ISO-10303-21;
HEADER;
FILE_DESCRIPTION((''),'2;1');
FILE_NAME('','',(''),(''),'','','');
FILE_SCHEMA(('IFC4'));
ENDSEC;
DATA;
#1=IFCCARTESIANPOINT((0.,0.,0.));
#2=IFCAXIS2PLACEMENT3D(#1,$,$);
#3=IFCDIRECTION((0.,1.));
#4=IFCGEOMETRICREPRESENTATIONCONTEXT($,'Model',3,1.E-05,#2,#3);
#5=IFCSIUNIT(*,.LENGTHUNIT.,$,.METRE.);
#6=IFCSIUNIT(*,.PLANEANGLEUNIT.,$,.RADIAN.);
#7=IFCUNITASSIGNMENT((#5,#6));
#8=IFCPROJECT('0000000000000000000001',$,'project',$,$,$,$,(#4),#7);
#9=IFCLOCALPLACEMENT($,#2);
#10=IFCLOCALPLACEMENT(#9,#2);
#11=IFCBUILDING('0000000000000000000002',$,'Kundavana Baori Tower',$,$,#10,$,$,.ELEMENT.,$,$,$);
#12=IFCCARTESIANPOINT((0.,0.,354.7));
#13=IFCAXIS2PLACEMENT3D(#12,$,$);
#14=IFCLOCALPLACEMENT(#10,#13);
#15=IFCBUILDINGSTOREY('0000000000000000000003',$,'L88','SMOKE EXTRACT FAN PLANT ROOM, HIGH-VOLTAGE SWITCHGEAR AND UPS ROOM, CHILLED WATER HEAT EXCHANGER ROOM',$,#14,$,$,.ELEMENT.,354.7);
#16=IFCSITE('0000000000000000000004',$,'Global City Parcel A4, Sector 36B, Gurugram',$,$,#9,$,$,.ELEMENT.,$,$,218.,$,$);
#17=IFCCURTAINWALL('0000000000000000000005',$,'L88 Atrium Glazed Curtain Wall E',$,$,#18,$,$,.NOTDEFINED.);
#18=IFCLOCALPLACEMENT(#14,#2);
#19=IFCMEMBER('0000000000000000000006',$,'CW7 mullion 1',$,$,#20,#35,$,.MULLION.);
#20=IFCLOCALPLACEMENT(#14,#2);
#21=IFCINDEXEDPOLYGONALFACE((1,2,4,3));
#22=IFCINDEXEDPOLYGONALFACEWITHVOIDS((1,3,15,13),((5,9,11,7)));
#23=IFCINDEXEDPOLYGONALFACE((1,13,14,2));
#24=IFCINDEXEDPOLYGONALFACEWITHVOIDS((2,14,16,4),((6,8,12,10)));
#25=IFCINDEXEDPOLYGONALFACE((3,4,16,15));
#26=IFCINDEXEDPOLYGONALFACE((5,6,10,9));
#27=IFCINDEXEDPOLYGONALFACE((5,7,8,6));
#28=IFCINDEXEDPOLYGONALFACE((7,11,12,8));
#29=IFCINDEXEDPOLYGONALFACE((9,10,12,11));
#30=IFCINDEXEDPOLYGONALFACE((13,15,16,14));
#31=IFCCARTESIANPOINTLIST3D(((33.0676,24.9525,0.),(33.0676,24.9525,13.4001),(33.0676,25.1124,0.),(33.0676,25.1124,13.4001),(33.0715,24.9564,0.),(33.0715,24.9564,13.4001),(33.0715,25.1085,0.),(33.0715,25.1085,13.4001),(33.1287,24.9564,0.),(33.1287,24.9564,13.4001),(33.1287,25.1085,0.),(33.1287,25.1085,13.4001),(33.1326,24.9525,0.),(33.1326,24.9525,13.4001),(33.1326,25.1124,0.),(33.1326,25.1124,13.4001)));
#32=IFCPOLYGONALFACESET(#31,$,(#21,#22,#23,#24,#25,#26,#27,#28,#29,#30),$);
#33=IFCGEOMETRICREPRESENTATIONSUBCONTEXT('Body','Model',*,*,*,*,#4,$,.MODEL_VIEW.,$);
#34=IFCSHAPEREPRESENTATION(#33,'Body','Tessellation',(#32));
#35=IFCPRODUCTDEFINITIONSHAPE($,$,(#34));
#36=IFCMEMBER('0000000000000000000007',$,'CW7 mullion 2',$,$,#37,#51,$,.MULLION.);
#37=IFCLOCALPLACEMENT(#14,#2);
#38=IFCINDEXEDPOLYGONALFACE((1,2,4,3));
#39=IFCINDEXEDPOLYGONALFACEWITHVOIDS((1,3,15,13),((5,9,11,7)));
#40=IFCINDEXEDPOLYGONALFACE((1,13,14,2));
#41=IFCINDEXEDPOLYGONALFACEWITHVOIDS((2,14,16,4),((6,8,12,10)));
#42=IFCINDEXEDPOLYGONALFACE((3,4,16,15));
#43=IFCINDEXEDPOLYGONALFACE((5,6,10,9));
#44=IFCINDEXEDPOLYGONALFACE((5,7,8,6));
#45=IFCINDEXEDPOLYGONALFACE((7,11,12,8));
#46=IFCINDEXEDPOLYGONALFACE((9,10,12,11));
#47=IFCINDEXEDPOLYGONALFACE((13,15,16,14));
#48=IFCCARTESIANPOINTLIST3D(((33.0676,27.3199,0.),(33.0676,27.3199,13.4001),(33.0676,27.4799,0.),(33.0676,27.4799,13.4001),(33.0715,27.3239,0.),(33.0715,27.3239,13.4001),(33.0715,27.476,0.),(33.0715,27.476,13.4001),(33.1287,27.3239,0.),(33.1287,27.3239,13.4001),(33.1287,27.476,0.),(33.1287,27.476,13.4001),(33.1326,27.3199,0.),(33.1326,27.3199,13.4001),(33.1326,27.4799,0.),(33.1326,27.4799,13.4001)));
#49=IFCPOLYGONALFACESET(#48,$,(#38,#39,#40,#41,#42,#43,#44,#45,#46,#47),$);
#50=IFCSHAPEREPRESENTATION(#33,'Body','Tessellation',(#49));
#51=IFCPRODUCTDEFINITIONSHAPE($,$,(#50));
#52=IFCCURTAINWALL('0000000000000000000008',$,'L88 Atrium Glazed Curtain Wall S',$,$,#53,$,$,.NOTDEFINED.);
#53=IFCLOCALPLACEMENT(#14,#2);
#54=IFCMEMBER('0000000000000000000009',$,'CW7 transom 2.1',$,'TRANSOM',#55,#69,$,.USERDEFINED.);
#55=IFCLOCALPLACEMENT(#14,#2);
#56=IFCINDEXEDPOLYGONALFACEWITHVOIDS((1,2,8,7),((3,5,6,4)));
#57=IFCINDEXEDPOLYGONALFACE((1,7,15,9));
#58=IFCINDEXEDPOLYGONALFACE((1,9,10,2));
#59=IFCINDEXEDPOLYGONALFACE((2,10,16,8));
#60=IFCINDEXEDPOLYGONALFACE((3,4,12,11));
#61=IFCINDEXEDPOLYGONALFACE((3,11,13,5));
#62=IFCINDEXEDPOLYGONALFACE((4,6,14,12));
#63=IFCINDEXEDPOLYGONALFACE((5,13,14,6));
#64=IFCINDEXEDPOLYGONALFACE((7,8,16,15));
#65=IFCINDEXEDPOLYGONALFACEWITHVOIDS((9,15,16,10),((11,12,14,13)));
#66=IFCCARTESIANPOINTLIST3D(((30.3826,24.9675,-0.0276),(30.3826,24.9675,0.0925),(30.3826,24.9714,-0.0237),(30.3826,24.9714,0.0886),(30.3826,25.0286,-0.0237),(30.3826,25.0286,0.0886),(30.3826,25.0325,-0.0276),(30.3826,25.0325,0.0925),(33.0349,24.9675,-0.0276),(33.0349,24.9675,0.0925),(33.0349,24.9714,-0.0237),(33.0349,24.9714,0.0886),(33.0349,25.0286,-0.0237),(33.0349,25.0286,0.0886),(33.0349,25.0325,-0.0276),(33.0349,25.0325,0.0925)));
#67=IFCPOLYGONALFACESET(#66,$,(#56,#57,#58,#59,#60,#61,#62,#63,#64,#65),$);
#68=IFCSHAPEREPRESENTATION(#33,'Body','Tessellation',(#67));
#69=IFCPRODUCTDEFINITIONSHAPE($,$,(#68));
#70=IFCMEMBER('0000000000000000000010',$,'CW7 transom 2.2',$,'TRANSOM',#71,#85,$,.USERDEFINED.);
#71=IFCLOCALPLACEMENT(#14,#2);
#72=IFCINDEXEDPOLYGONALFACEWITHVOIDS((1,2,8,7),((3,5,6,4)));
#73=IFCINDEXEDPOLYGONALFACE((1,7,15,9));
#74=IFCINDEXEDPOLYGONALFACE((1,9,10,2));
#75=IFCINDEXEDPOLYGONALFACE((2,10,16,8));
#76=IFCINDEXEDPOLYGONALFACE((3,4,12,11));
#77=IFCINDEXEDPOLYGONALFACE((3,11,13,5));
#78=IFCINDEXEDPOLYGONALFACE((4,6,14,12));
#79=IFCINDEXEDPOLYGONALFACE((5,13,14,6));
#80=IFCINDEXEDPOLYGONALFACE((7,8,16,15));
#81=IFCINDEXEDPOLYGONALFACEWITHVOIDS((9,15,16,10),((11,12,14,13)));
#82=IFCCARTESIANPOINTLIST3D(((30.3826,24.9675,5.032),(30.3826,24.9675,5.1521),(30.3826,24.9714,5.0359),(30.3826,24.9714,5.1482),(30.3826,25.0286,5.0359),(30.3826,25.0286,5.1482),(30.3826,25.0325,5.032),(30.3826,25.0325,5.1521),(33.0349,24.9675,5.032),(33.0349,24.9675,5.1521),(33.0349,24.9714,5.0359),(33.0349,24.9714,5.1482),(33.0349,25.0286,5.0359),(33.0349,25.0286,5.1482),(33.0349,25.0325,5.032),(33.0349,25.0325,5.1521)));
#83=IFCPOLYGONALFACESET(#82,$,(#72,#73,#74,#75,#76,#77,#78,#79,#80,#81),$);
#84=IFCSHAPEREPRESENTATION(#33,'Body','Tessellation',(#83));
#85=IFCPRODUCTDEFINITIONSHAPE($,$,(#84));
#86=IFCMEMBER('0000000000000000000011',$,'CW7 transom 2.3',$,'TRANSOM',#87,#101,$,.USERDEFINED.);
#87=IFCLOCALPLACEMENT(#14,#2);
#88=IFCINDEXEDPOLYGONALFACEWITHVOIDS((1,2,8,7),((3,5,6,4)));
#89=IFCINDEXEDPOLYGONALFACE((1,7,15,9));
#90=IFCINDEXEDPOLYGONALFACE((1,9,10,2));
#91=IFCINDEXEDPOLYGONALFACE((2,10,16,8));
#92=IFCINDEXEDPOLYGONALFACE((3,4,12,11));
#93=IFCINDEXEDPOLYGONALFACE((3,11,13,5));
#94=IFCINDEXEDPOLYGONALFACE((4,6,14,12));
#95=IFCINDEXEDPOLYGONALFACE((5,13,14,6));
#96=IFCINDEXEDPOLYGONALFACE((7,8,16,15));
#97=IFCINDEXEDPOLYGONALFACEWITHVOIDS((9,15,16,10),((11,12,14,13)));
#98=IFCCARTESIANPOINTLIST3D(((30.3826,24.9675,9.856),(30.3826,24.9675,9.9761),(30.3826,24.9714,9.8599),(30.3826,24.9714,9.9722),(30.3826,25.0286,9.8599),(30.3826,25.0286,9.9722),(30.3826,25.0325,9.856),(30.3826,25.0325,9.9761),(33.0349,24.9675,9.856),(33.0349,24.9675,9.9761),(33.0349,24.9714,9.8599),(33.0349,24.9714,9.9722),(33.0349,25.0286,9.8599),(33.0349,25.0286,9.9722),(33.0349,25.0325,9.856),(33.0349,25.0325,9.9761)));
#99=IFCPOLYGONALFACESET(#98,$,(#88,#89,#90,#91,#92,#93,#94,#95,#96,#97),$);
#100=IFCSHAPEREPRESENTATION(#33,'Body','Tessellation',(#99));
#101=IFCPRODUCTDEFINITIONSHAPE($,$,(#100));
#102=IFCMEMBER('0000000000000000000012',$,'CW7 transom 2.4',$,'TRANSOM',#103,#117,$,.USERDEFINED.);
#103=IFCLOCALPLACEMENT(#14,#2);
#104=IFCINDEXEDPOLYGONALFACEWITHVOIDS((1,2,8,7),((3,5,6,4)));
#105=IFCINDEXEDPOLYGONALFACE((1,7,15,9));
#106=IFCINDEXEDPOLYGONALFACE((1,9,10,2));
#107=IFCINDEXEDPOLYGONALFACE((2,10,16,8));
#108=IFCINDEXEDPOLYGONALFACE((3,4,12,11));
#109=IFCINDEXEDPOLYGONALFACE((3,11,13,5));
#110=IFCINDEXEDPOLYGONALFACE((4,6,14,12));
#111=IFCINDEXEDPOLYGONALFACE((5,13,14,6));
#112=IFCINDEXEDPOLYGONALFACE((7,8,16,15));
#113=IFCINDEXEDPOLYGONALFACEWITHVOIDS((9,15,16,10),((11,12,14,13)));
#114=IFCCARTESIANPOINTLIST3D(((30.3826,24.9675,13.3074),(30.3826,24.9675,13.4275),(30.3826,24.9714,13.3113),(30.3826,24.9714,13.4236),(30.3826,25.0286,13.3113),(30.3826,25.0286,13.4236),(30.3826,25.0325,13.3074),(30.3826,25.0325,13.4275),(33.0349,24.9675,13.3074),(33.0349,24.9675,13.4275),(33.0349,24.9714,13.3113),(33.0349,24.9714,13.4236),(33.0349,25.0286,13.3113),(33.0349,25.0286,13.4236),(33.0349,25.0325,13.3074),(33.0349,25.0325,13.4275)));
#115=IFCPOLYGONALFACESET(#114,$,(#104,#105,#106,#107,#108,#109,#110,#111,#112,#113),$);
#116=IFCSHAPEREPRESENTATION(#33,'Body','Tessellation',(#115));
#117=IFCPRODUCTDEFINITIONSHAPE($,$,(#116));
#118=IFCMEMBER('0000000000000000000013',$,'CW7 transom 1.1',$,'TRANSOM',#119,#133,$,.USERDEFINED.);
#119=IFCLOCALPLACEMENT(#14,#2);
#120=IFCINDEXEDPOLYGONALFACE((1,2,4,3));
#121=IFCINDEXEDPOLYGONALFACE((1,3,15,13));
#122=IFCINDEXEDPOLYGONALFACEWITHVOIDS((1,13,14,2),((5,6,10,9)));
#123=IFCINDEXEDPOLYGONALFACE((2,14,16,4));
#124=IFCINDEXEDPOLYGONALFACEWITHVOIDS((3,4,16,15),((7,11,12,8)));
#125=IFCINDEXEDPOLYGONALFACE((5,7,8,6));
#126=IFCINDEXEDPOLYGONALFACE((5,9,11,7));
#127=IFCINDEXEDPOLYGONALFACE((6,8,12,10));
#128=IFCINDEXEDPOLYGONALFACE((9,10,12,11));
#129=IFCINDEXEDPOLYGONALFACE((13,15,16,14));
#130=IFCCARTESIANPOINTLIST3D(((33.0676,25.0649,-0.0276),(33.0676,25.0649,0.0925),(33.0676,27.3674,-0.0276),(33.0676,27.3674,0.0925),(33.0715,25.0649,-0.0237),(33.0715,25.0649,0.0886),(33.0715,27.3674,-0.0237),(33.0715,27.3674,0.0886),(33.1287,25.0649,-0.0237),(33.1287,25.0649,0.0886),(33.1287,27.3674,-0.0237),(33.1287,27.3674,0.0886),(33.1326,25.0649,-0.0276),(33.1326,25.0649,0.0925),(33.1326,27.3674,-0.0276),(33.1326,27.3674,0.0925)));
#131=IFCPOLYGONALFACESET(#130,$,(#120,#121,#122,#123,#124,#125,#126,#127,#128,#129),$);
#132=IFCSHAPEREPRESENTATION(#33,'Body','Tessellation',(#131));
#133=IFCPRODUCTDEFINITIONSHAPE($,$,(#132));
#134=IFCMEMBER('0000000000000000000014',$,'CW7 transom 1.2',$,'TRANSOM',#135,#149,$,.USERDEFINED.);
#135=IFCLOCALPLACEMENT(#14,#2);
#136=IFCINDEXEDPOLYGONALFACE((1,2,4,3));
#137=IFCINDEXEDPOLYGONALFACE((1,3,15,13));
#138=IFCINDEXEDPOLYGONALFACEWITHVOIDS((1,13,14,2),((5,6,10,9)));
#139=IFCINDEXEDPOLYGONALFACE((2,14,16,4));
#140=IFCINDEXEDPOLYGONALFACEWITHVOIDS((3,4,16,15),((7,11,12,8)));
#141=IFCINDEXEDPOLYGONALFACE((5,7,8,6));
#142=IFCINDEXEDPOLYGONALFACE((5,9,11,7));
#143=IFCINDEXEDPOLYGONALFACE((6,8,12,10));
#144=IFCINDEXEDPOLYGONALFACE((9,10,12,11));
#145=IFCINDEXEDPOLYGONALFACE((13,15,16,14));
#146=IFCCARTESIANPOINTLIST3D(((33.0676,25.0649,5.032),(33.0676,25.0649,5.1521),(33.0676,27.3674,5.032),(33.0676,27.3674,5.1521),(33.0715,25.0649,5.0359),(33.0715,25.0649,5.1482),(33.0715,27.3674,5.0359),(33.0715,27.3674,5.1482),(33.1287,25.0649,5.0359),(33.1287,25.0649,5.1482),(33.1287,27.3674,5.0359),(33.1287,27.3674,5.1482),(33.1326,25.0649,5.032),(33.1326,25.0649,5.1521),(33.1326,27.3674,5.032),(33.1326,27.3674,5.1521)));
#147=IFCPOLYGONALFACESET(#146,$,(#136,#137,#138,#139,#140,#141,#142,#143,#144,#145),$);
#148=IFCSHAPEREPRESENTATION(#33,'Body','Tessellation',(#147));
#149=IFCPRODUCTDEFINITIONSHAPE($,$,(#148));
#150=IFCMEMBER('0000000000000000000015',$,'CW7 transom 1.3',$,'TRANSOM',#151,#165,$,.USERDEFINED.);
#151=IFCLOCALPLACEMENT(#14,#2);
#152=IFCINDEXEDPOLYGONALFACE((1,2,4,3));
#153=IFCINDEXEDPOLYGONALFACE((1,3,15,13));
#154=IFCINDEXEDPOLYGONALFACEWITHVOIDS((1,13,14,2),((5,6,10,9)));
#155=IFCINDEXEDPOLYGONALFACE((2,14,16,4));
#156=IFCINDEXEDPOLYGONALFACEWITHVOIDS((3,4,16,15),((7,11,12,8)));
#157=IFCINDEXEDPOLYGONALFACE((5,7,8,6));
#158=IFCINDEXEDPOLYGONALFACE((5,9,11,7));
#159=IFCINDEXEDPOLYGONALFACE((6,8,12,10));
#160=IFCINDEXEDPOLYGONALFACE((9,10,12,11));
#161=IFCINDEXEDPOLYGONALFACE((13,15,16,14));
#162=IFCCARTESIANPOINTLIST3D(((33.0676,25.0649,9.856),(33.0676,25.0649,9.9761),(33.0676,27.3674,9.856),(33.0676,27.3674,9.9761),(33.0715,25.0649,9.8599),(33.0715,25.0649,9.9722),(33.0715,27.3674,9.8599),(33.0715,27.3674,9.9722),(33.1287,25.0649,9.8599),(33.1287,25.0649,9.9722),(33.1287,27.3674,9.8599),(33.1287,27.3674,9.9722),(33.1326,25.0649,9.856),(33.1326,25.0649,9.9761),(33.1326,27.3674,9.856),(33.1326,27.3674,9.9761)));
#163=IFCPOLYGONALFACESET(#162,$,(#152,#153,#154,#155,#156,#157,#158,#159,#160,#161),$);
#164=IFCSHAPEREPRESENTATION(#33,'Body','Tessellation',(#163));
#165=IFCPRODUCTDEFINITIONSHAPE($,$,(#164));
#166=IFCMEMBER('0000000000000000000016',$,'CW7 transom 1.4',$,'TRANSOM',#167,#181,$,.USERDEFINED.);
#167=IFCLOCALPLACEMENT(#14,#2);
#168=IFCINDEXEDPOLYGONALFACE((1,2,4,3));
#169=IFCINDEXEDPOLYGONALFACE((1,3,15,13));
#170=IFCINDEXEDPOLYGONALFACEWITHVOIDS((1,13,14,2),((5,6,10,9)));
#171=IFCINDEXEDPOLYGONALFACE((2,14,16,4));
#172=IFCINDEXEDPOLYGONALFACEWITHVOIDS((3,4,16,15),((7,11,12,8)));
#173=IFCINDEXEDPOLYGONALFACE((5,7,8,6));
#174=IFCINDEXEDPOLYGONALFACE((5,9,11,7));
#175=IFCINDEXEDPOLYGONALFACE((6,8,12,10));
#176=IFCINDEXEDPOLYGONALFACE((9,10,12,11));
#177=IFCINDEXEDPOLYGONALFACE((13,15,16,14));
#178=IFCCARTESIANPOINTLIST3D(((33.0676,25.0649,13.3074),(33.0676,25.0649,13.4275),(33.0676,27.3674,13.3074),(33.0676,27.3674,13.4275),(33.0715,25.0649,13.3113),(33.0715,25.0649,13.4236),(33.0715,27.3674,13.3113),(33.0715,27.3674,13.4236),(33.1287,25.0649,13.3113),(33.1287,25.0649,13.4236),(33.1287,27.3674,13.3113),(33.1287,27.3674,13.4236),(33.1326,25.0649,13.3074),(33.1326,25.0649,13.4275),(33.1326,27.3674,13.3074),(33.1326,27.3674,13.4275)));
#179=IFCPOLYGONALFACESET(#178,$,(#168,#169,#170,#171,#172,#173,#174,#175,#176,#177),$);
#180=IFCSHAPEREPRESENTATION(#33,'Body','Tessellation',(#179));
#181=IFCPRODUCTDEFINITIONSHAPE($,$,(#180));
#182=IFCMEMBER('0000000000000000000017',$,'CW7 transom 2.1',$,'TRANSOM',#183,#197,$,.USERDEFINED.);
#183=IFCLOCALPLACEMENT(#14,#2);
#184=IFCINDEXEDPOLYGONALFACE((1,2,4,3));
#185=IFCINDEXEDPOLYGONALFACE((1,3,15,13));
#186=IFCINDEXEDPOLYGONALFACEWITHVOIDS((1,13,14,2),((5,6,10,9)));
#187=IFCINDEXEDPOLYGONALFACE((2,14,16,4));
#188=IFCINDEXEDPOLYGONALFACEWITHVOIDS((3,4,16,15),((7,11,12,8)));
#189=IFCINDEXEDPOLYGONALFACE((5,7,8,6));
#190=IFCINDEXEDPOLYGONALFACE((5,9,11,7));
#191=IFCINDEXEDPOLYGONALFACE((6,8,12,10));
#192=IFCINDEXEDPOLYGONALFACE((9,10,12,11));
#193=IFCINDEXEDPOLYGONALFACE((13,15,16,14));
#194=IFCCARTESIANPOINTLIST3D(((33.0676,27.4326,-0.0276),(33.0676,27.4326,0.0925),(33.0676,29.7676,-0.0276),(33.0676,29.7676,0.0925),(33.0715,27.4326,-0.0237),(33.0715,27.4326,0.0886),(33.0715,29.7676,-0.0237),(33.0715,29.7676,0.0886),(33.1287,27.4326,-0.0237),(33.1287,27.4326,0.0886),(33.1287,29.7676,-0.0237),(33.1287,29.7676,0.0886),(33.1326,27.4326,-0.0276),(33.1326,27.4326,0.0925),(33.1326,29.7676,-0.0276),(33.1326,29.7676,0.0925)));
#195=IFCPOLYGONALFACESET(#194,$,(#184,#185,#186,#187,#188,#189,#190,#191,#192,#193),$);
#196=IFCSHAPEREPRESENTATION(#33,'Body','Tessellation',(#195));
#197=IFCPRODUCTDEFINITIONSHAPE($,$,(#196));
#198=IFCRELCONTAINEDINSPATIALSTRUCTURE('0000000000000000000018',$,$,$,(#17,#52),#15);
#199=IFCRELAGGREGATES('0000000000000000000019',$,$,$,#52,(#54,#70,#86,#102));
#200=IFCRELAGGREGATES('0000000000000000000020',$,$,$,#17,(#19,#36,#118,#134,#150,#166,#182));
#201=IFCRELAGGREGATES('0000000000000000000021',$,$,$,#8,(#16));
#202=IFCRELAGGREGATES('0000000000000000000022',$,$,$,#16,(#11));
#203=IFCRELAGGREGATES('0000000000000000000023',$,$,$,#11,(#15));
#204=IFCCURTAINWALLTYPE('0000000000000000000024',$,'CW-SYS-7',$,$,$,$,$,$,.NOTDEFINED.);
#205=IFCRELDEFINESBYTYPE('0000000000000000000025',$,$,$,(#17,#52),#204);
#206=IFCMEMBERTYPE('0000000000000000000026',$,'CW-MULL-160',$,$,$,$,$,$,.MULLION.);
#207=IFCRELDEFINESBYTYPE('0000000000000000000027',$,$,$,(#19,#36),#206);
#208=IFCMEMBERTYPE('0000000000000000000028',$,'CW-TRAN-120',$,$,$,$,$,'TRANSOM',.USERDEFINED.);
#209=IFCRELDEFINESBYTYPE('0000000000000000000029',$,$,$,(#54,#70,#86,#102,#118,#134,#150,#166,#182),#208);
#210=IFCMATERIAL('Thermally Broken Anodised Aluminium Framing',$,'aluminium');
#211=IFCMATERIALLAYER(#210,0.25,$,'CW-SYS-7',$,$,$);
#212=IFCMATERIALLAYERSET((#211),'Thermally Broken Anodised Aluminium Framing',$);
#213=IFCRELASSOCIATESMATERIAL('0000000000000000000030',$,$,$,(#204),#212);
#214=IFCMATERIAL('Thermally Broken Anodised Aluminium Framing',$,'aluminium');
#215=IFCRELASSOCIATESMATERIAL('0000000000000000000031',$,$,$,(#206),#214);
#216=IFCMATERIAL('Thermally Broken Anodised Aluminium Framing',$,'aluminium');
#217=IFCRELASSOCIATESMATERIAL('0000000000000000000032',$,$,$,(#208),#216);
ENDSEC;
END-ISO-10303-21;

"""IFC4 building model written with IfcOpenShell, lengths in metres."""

from ifc_helpers import new_model, si_unit, direction, frame, origin, origin_2d, place, context, subcontext, project, spatial, hollow_rectangle, extrude, material, layer, layer_set, material_profile, profile_set, type_object, element, aggregate, save


model = new_model("IFC4")

# Units and contexts
model_context = context("Model", 3, precision=1e-05, world=origin(), true_north=direction((0.0, 1.0)))
body_context = subcontext(model_context, "Body", "Model", "MODEL_VIEW")
ifc_project = project(units=[si_unit("LENGTHUNIT", "METRE"), si_unit("PLANEANGLEUNIT", "RADIAN")], contexts=[model_context])

# Site, building, storey
site_placement = place(None, origin())
site = spatial("IfcSite", under=ifc_project, at=site_placement, Name="Global City Parcel A4, Sector 36B, Gurugram", CompositionType="ELEMENT", RefElevation=218.0)
building_placement = place(site_placement, origin())
building = spatial("IfcBuilding", under=site, at=building_placement, Name="Kundavana Baori Tower", CompositionType="ELEMENT")
storey_placement = place(building_placement, frame((0.0, 0.0, 354.7)))
storey = spatial("IfcBuildingStorey", under=building, at=storey_placement, Name="L88", Description="SMOKE EXTRACT FAN PLANT ROOM, HIGH-VOLTAGE SWITCHGEAR AND UPS ROOM, CHILLED WATER HEAT EXCHANGER ROOM", CompositionType="ELEMENT", Elevation=354.7)

# Curtain walls, members
ifc_material_1 = material(Name="Thermally Broken Anodised Aluminium Framing", Category="aluminium")
ifc_layer_1 = layer(ifc_material_1, 0.25, Name="CW-SYS-7")
ifc_layer_set_1 = layer_set([ifc_layer_1], Name="Thermally Broken Anodised Aluminium Framing")
curtain_wall_type = type_object("IfcCurtainWallType", Name="CW-SYS-7", PredefinedType="NOTDEFINED", material=ifc_layer_set_1)
curtain_wall_1_placement = place(storey_placement, origin())
curtain_wall_1 = element("IfcCurtainWall", 1, at=curtain_wall_1_placement, inside=storey, type_object=curtain_wall_type, Name="L88 Atrium Glazed Curtain Wall E", PredefinedType="NOTDEFINED")
ifc_material_2 = material(Name="Thermally Broken Anodised Aluminium Framing", Category="aluminium")
ifc_material_profile_1 = material_profile(ifc_material_2, hollow_rectangle(XDim=0.0649, YDim=0.1599, WallThickness=0.0039, at=origin_2d()), Name="CW-MULL-160")
ifc_profile_set_1 = profile_set([ifc_material_profile_1], Name="Thermally Broken Anodised Aluminium Framing")
member_type_1 = type_object("IfcMemberType", Name="CW-MULL-160", PredefinedType="MULLION", material=ifc_profile_set_1)
member_1_placement = place(storey_placement, frame((33.1001, 25.0325, 0.0), z_axis=(0.0, 0.0, 1.0), x_axis=(-1.0, 0.0, 0.0)))
member_1 = element("IfcMember", 2, at=member_1_placement, type_object=member_type_1, Name="CW7 mullion 1", PredefinedType="MULLION", context=body_context, shape_type="SweptSolid", body=[
    extrude(hollow_rectangle(XDim=0.0649, YDim=0.1599, WallThickness=0.0039, at=origin_2d()), origin(), (0.0, 0.0, 1.0), 13.4001),
])
member_2_placement = place(storey_placement, frame((33.1001, 27.3999, 0.0), z_axis=(0.0, 0.0, 1.0), x_axis=(-1.0, 0.0, 0.0)))
member_2 = element("IfcMember", 3, at=member_2_placement, type_object=member_type_1, Name="CW7 mullion 2", PredefinedType="MULLION", context=body_context, shape_type="SweptSolid", body=[
    extrude(hollow_rectangle(XDim=0.0649, YDim=0.1599, WallThickness=0.0039, at=origin_2d()), origin(), (0.0, 0.0, 1.0), 13.4001),
])
curtain_wall_2_placement = place(storey_placement, origin())
curtain_wall_2 = element("IfcCurtainWall", 4, at=curtain_wall_2_placement, inside=storey, type_object=curtain_wall_type, Name="L88 Atrium Glazed Curtain Wall S", PredefinedType="NOTDEFINED")
ifc_material_3 = material(Name="Thermally Broken Anodised Aluminium Framing", Category="aluminium")
ifc_material_profile_2 = material_profile(ifc_material_3, hollow_rectangle(XDim=0.0649, YDim=0.1201, WallThickness=0.0039, at=origin_2d()), Name="CW-TRAN-120")
ifc_profile_set_2 = profile_set([ifc_material_profile_2], Name="Thermally Broken Anodised Aluminium Framing")
member_type_2 = type_object("IfcMemberType", Name="CW-TRAN-120", ElementType="TRANSOM", PredefinedType="USERDEFINED", material=ifc_profile_set_2)
member_3_placement = place(storey_placement, frame((30.3826, 25.0, 0.0325), z_axis=(1.0, 0.0, 0.0), x_axis=(0.0, 1.0, 0.0)))
member_3 = element("IfcMember", 5, at=member_3_placement, type_object=member_type_2, Name="CW7 transom 2.1", ObjectType="TRANSOM", PredefinedType="USERDEFINED", context=body_context, shape_type="SweptSolid", body=[
    extrude(hollow_rectangle(XDim=0.0649, YDim=0.1201, WallThickness=0.0039, at=origin_2d()), origin(), (0.0, 0.0, 1.0), 2.6523),
])
member_4_placement = place(storey_placement, frame((30.3826, 25.0, 5.092), z_axis=(1.0, 0.0, 0.0), x_axis=(0.0, 1.0, 0.0)))
member_4 = element("IfcMember", 6, at=member_4_placement, type_object=member_type_2, Name="CW7 transom 2.2", ObjectType="TRANSOM", PredefinedType="USERDEFINED", context=body_context, shape_type="SweptSolid", body=[
    extrude(hollow_rectangle(XDim=0.0649, YDim=0.1201, WallThickness=0.0039, at=origin_2d()), origin(), (0.0, 0.0, 1.0), 2.6523),
])
member_5_placement = place(storey_placement, frame((30.3826, 25.0, 9.916), z_axis=(1.0, 0.0, 0.0), x_axis=(0.0, 1.0, 0.0)))
member_5 = element("IfcMember", 7, at=member_5_placement, type_object=member_type_2, Name="CW7 transom 2.3", ObjectType="TRANSOM", PredefinedType="USERDEFINED", context=body_context, shape_type="SweptSolid", body=[
    extrude(hollow_rectangle(XDim=0.0649, YDim=0.1201, WallThickness=0.0039, at=origin_2d()), origin(), (0.0, 0.0, 1.0), 2.6523),
])
member_6_placement = place(storey_placement, frame((30.3826, 25.0, 13.3674), z_axis=(1.0, 0.0, 0.0), x_axis=(0.0, 1.0, 0.0)))
member_6 = element("IfcMember", 8, at=member_6_placement, type_object=member_type_2, Name="CW7 transom 2.4", ObjectType="TRANSOM", PredefinedType="USERDEFINED", context=body_context, shape_type="SweptSolid", body=[
    extrude(hollow_rectangle(XDim=0.0649, YDim=0.1201, WallThickness=0.0039, at=origin_2d()), origin(), (0.0, 0.0, 1.0), 2.6523),
])

# Members
member_7_placement = place(storey_placement, frame((33.1001, 25.0649, 0.0325), z_axis=(0.0, 1.0, 0.0), x_axis=(-1.0, 0.0, 0.0)))
member_7 = element("IfcMember", 9, at=member_7_placement, type_object=member_type_2, Name="CW7 transom 1.1", ObjectType="TRANSOM", PredefinedType="USERDEFINED", context=body_context, shape_type="SweptSolid", body=[
    extrude(hollow_rectangle(XDim=0.0649, YDim=0.1201, WallThickness=0.0039, at=origin_2d()), origin(), (0.0, 0.0, 1.0), 2.3025),
])
member_8_placement = place(storey_placement, frame((33.1001, 25.0649, 5.092), z_axis=(0.0, 1.0, 0.0), x_axis=(-1.0, 0.0, 0.0)))
member_8 = element("IfcMember", 10, at=member_8_placement, type_object=member_type_2, Name="CW7 transom 1.2", ObjectType="TRANSOM", PredefinedType="USERDEFINED", context=body_context, shape_type="SweptSolid", body=[
    extrude(hollow_rectangle(XDim=0.0649, YDim=0.1201, WallThickness=0.0039, at=origin_2d()), origin(), (0.0, 0.0, 1.0), 2.3025),
])
member_9_placement = place(storey_placement, frame((33.1001, 25.0649, 9.916), z_axis=(0.0, 1.0, 0.0), x_axis=(-1.0, 0.0, 0.0)))
member_9 = element("IfcMember", 11, at=member_9_placement, type_object=member_type_2, Name="CW7 transom 1.3", ObjectType="TRANSOM", PredefinedType="USERDEFINED", context=body_context, shape_type="SweptSolid", body=[
    extrude(hollow_rectangle(XDim=0.0649, YDim=0.1201, WallThickness=0.0039, at=origin_2d()), origin(), (0.0, 0.0, 1.0), 2.3025),
])
member_10_placement = place(storey_placement, frame((33.1001, 25.0649, 13.3674), z_axis=(0.0, 1.0, 0.0), x_axis=(-1.0, 0.0, 0.0)))
member_10 = element("IfcMember", 12, at=member_10_placement, type_object=member_type_2, Name="CW7 transom 1.4", ObjectType="TRANSOM", PredefinedType="USERDEFINED", context=body_context, shape_type="SweptSolid", body=[
    extrude(hollow_rectangle(XDim=0.0649, YDim=0.1201, WallThickness=0.0039, at=origin_2d()), origin(), (0.0, 0.0, 1.0), 2.3025),
])
member_11_placement = place(storey_placement, frame((33.1001, 27.4326, 0.0325), z_axis=(0.0, 1.0, 0.0), x_axis=(-1.0, 0.0, 0.0)))
member_11 = element("IfcMember", 13, at=member_11_placement, type_object=member_type_2, Name="CW7 transom 2.1", ObjectType="TRANSOM", PredefinedType="USERDEFINED", context=body_context, shape_type="SweptSolid", body=[
    extrude(hollow_rectangle(XDim=0.0649, YDim=0.1201, WallThickness=0.0039, at=origin_2d()), origin(), (0.0, 0.0, 1.0), 2.335),
])

aggregate(curtain_wall_2, [member_3, member_4, member_5, member_6])
aggregate(curtain_wall_1, [member_1, member_2, member_7, member_8, member_9, member_10, member_11])

save(model, "model.ifc")
